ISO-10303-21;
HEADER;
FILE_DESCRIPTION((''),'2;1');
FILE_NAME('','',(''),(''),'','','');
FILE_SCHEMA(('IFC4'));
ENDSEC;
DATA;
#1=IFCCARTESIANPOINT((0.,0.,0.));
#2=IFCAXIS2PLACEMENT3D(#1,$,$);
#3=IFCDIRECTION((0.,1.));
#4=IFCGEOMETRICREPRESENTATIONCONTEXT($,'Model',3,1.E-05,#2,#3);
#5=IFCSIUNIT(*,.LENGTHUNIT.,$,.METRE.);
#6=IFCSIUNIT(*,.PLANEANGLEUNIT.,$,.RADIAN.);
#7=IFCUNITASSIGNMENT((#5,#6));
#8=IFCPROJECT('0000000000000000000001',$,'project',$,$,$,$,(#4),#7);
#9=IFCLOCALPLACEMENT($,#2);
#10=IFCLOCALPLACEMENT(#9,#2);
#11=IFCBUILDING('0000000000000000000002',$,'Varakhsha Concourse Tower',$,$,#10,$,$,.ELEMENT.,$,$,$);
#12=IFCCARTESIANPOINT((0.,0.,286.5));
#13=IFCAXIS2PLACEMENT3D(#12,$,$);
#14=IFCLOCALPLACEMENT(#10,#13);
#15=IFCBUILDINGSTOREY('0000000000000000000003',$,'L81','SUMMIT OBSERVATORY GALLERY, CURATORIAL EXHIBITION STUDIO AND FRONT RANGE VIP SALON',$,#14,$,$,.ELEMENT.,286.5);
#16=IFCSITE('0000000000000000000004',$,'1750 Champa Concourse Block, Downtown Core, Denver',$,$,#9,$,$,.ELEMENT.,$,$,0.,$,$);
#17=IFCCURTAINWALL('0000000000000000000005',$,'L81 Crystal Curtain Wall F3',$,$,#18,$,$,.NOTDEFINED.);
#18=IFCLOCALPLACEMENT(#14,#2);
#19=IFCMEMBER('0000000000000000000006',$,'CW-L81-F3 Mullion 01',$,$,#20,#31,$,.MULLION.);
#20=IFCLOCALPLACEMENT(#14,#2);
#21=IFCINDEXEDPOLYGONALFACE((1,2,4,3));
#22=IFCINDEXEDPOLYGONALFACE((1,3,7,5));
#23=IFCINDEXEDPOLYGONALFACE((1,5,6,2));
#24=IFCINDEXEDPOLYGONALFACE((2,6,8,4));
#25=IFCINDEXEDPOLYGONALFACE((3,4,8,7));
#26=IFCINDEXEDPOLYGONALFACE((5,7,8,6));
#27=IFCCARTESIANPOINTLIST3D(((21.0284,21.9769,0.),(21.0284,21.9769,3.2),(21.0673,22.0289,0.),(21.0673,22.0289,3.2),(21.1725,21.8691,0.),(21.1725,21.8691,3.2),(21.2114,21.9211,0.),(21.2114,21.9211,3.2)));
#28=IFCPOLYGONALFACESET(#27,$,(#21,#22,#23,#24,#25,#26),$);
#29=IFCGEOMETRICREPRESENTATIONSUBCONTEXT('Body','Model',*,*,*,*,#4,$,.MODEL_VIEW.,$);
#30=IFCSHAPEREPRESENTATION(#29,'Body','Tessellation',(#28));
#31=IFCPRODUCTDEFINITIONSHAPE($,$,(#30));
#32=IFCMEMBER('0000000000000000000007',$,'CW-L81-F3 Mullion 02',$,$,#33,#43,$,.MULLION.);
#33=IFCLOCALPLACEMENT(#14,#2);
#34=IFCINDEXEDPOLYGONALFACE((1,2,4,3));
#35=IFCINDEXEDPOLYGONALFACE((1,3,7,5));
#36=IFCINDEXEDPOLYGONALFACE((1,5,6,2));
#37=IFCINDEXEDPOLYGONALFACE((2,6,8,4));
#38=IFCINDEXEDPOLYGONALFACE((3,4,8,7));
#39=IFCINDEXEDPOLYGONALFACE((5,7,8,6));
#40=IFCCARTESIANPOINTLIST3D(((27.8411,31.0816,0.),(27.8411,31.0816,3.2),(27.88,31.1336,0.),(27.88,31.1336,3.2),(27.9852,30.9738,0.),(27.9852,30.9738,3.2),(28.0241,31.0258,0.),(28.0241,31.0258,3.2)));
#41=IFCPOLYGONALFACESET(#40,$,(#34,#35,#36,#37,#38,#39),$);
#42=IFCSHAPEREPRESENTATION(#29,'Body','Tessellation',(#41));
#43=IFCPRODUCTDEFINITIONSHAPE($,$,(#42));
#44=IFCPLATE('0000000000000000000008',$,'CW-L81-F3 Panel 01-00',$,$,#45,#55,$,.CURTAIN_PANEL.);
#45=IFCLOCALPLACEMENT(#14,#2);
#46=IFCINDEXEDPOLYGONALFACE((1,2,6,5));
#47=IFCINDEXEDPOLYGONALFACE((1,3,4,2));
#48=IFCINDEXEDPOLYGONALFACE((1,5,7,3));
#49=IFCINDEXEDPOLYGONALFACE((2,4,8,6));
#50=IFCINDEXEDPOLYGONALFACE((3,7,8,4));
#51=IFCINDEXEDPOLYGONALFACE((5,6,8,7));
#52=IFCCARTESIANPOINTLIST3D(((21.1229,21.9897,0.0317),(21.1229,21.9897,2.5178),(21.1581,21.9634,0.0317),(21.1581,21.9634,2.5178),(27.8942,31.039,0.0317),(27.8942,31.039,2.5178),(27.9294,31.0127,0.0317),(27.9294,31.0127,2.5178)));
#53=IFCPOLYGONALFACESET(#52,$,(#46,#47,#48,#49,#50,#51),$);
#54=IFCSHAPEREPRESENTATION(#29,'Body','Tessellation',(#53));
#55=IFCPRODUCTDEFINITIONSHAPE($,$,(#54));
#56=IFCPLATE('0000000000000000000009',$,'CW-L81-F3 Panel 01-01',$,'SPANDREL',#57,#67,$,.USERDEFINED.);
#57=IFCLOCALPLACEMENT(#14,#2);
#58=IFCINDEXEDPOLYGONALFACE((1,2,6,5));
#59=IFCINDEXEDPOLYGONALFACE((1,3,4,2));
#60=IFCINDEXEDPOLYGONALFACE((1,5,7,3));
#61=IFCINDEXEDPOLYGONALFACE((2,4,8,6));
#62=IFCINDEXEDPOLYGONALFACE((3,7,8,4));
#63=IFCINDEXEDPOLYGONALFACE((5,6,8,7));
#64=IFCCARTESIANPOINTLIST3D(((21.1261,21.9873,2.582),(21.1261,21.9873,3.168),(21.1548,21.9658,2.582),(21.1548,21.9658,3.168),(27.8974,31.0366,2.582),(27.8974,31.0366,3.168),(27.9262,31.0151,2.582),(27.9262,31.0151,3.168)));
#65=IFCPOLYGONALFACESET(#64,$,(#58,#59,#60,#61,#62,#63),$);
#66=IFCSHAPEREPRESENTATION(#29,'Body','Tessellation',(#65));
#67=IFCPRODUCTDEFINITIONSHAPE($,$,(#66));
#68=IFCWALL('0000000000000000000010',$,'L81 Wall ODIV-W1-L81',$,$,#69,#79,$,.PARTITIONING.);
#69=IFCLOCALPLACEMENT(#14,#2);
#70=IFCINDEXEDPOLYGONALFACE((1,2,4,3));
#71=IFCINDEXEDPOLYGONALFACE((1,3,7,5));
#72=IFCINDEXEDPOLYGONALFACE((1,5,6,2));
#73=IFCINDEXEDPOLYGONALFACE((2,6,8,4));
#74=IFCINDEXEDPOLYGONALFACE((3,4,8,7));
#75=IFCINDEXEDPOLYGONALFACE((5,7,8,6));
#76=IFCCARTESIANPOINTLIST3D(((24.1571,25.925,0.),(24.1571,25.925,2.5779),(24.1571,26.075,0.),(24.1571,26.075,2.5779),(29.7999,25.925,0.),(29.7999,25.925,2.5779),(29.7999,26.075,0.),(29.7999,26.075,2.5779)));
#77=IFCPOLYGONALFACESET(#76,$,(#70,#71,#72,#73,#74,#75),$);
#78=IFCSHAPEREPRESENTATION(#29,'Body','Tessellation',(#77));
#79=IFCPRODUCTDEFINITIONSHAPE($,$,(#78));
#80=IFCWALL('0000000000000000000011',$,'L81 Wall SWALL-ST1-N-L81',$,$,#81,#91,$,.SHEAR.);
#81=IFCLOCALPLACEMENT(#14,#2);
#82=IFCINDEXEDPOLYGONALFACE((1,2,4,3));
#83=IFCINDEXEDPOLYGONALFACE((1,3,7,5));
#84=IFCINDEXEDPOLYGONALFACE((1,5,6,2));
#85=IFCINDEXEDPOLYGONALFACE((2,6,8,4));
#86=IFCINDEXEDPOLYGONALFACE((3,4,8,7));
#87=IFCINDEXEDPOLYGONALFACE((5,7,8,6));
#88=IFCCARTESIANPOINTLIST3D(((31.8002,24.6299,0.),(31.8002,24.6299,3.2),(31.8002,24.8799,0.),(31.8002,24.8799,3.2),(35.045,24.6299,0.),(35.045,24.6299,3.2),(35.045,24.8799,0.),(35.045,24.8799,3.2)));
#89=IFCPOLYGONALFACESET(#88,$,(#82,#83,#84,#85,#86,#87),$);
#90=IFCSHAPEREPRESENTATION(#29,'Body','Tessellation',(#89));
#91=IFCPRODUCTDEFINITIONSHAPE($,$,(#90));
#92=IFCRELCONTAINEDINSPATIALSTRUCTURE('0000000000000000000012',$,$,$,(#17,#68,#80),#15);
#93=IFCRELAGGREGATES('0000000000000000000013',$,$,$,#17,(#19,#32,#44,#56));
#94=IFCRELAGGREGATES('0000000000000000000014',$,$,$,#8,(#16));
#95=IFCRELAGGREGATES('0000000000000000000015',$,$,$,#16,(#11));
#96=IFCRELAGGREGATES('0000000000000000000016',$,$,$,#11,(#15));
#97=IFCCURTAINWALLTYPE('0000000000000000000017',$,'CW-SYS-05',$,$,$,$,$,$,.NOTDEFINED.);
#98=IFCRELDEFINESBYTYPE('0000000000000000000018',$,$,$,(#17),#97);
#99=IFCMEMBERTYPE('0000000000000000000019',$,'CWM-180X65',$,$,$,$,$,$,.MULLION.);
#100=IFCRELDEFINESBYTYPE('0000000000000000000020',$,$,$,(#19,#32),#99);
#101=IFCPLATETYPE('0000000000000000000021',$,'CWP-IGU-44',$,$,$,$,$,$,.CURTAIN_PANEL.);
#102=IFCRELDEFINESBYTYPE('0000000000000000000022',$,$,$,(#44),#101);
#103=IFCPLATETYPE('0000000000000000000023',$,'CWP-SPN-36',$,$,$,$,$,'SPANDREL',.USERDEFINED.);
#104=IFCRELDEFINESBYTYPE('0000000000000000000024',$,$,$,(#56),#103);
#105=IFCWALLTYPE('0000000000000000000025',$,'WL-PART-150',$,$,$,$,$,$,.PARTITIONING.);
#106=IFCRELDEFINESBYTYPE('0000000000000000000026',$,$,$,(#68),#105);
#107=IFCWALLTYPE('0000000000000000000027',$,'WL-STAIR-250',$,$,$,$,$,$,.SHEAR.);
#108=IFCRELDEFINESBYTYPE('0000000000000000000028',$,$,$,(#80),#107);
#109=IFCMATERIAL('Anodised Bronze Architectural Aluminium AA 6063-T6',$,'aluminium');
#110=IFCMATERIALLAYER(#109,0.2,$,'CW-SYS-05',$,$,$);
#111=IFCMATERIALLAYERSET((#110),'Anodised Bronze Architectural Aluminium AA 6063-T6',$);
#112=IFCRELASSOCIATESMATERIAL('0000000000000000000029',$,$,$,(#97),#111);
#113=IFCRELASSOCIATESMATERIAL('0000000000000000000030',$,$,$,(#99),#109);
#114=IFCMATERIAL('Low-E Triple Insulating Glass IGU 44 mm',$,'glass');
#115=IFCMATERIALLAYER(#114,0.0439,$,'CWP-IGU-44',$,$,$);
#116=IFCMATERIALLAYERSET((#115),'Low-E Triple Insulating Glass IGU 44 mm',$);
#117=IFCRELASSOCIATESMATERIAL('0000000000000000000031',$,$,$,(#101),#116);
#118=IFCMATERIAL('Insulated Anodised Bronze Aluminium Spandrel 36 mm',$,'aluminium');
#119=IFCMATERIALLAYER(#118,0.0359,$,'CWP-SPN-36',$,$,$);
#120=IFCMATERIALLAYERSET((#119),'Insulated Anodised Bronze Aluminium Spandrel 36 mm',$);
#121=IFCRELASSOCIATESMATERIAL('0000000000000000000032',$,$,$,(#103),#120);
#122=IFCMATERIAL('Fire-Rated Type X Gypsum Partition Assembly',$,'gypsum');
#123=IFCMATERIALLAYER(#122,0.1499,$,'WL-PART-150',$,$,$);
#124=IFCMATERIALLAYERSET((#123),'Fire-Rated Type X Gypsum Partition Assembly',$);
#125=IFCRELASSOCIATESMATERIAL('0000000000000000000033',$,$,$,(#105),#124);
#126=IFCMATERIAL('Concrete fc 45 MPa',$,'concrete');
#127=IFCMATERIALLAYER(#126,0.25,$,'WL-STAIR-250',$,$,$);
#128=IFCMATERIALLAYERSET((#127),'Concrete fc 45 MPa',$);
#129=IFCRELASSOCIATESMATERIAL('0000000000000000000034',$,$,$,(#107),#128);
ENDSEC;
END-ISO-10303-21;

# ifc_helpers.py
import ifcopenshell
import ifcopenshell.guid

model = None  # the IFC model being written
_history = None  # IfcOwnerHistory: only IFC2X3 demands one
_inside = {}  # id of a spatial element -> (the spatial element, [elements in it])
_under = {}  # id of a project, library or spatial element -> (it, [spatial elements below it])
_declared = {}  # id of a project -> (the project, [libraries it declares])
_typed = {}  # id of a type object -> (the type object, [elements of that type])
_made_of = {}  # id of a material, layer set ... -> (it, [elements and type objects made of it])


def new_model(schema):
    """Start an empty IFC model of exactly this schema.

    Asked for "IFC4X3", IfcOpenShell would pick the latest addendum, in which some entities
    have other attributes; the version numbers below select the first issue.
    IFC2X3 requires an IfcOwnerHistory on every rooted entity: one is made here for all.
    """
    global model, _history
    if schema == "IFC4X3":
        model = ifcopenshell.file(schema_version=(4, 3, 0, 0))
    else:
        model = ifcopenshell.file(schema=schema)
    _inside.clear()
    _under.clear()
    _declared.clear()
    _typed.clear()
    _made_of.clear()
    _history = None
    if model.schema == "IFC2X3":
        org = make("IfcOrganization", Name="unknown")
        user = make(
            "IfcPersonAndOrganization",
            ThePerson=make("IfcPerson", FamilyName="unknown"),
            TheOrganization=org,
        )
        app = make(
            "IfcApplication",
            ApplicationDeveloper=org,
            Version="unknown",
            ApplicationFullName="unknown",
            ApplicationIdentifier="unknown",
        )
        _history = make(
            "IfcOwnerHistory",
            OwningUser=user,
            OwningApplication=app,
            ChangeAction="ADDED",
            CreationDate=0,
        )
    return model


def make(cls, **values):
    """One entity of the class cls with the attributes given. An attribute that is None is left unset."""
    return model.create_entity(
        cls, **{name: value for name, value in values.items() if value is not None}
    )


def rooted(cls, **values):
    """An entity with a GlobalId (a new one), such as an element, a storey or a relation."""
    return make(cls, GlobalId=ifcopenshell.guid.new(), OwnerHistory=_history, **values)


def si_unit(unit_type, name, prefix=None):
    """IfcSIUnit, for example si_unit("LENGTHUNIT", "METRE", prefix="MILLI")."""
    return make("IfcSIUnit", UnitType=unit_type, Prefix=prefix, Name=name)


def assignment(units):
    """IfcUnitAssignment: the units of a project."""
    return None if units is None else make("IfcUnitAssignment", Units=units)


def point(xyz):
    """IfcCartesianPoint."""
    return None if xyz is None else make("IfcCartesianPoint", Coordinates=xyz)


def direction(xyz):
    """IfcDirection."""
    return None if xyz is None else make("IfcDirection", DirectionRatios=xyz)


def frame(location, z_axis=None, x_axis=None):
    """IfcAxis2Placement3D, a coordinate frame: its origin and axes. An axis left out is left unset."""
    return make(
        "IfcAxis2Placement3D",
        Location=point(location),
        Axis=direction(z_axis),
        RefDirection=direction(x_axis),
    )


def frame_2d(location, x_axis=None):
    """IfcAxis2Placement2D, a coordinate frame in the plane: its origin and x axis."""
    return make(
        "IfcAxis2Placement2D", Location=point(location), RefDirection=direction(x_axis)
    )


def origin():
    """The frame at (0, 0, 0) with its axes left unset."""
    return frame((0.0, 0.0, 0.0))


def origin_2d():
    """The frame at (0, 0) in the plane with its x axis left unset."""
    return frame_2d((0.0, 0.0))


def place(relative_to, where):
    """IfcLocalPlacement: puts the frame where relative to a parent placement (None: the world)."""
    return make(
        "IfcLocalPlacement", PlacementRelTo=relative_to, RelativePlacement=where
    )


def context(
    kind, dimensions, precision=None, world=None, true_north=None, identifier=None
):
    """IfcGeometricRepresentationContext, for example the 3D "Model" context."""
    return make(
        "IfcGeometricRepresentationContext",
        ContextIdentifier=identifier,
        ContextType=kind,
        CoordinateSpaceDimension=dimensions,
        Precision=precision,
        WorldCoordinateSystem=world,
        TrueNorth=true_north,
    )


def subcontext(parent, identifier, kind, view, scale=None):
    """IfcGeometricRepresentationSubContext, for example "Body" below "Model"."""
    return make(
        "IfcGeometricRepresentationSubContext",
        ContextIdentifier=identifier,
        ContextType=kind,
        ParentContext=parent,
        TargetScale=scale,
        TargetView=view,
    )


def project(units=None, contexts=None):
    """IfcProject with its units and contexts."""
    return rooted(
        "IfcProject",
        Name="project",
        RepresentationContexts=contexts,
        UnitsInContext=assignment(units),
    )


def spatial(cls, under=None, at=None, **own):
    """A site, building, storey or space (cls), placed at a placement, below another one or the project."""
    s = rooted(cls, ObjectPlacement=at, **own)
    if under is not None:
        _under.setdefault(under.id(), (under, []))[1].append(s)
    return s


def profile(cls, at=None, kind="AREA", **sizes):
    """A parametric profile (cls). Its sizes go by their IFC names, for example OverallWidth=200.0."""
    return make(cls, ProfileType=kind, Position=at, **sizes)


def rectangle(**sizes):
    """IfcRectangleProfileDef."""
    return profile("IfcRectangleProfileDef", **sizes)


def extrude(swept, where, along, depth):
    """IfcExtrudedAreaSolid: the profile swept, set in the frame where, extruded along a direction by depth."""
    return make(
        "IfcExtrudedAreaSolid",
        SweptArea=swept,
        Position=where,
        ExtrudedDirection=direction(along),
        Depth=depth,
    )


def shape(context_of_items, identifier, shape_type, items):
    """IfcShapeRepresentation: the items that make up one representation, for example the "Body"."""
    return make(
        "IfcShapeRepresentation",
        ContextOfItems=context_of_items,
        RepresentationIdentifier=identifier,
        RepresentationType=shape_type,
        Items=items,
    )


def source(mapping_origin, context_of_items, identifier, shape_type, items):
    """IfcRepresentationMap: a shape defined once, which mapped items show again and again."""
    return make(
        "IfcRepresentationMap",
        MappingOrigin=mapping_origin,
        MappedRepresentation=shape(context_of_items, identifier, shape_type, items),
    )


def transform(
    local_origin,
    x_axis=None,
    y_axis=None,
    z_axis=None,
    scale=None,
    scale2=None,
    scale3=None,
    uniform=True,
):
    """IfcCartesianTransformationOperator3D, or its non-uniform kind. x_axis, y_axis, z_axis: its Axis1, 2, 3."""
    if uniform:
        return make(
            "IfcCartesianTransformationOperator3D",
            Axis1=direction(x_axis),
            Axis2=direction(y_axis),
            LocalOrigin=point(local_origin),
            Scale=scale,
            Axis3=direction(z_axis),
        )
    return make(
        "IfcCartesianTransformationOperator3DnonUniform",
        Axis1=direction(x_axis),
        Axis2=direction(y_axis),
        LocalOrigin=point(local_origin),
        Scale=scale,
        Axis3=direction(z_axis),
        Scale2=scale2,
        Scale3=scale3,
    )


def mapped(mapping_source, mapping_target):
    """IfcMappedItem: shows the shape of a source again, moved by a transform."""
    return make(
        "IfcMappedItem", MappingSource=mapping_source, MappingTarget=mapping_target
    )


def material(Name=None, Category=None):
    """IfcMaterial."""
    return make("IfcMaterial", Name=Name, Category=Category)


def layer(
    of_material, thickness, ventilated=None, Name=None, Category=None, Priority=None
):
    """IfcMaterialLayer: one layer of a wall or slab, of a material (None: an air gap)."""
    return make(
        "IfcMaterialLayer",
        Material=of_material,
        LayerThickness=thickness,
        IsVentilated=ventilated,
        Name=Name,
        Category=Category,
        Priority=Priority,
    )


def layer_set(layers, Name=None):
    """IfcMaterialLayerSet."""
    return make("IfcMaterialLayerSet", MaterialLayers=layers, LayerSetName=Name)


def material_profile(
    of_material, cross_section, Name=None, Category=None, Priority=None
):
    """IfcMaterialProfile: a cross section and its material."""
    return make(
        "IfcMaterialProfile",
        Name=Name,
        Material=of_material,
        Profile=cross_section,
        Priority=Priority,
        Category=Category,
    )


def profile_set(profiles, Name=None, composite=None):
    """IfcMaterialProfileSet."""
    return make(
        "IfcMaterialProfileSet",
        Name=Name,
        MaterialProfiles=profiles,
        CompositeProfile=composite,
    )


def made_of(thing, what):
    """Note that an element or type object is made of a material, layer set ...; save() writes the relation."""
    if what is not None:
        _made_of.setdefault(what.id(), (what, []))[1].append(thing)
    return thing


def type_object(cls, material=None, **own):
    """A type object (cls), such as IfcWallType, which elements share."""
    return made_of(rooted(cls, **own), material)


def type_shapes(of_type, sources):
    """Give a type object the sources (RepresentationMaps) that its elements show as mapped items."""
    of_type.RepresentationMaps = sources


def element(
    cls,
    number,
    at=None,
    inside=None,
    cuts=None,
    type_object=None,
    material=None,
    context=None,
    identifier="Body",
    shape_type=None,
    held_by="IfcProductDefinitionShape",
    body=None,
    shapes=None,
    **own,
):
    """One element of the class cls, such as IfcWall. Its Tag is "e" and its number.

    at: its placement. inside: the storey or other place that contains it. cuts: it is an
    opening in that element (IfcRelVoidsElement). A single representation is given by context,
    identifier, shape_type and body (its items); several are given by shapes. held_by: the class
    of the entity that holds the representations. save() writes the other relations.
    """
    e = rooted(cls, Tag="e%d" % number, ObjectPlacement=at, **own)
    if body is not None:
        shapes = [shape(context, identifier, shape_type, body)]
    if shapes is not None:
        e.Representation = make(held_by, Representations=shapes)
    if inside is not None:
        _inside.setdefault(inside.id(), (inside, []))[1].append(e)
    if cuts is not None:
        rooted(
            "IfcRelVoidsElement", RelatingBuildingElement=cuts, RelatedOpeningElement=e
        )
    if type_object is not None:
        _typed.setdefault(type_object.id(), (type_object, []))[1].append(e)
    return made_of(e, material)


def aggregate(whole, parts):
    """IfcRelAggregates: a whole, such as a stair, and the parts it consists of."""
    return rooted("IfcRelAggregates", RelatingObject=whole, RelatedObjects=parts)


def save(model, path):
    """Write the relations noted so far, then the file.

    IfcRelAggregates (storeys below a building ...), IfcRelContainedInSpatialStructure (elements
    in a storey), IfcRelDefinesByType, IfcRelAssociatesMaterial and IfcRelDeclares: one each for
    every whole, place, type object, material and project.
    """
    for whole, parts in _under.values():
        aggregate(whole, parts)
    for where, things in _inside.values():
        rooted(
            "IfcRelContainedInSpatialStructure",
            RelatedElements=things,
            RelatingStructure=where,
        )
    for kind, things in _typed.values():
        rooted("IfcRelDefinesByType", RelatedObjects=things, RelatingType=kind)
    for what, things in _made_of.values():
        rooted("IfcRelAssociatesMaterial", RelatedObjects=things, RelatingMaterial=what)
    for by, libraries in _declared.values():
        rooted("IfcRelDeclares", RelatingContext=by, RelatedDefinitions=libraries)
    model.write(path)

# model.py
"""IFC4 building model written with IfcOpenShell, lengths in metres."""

from ifc_helpers import new_model, si_unit, direction, frame, frame_2d, origin, origin_2d, place, context, subcontext, project, spatial, rectangle, extrude, source, transform, mapped, material, layer, layer_set, material_profile, profile_set, type_object, type_shapes, element, aggregate, save


model = new_model("IFC4")

# Units and contexts
model_context = context("Model", 3, precision=1e-05, world=origin(), true_north=direction((0.0, 1.0)))
body_context = subcontext(model_context, "Body", "Model", "MODEL_VIEW")
ifc_project = project(units=[si_unit("LENGTHUNIT", "METRE"), si_unit("PLANEANGLEUNIT", "RADIAN")], contexts=[model_context])

# Site, building, storey
site_placement = place(None, origin())
site = spatial("IfcSite", under=ifc_project, at=site_placement, Name="1750 Champa Concourse Block, Downtown Core, Denver", CompositionType="ELEMENT", RefElevation=0.0)
building_placement = place(site_placement, origin())
building = spatial("IfcBuilding", under=site, at=building_placement, Name="Varakhsha Concourse Tower", CompositionType="ELEMENT")
storey_placement = place(building_placement, frame((0.0, 0.0, 286.5)))
storey = spatial("IfcBuildingStorey", under=building, at=storey_placement, Name="L81", Description="SUMMIT OBSERVATORY GALLERY, CURATORIAL EXHIBITION STUDIO AND FRONT RANGE VIP SALON", CompositionType="ELEMENT", Elevation=286.5)

# Curtain wall, members, plates
ifc_material_1 = material(Name="Anodised Bronze Architectural Aluminium AA 6063-T6", Category="aluminium")
ifc_layer_1 = layer(ifc_material_1, 0.2, Name="CW-SYS-05")
ifc_layer_set_1 = layer_set([ifc_layer_1], Name="Anodised Bronze Architectural Aluminium AA 6063-T6")
curtain_wall_type = type_object("IfcCurtainWallType", Name="CW-SYS-05", PredefinedType="NOTDEFINED", material=ifc_layer_set_1)
curtain_wall_placement = place(storey_placement, origin())
curtain_wall = element("IfcCurtainWall", 1, at=curtain_wall_placement, inside=storey, type_object=curtain_wall_type, Name="L81 Crystal Curtain Wall F3", PredefinedType="NOTDEFINED")
ifc_material_profile_1 = material_profile(ifc_material_1, rectangle(XDim=0.0649, YDim=0.1799, at=origin_2d()), Name="CWM-180X65")
ifc_profile_set_1 = profile_set([ifc_material_profile_1], Name="Anodised Bronze Architectural Aluminium AA 6063-T6")
member_type = type_object("IfcMemberType", Name="CWM-180X65", PredefinedType="MULLION", material=ifc_profile_set_1)
shared_shape_1 = source(origin(), body_context, "Body", "SweptSolid", [
    extrude(rectangle(XDim=0.0649, YDim=0.1799, at=origin_2d()), origin(), (0.0, 0.0, 1.0), 3.2),
])
type_shapes(member_type, [shared_shape_1])
member_1_placement = place(storey_placement, frame((21.1199, 21.949, 0.0), z_axis=(0.0, 0.0, 1.0), x_axis=(0.599113, 0.800664, 0.0)))
member_1 = element("IfcMember", 2, at=member_1_placement, type_object=member_type, Name="CW-L81-F3 Mullion 01", PredefinedType="MULLION", context=body_context, shape_type="MappedRepresentation", body=[
    mapped(shared_shape_1, transform((0.0, 0.0, 0.0), scale=1.0)),
])
member_2_placement = place(storey_placement, frame((27.9326, 31.0537, 0.0), z_axis=(0.0, 0.0, 1.0), x_axis=(0.599113, 0.800664, 0.0)))
member_2 = element("IfcMember", 3, at=member_2_placement, type_object=member_type, Name="CW-L81-F3 Mullion 02", PredefinedType="MULLION", context=body_context, shape_type="MappedRepresentation", body=[
    mapped(shared_shape_1, transform((0.0, 0.0, 0.0), scale=1.0)),
])
ifc_material_2 = material(Name="Low-E Triple Insulating Glass IGU 44 mm", Category="glass")
ifc_layer_2 = layer(ifc_material_2, 0.0439, Name="CWP-IGU-44")
ifc_layer_set_2 = layer_set([ifc_layer_2], Name="Low-E Triple Insulating Glass IGU 44 mm")
plate_type_1 = type_object("IfcPlateType", Name="CWP-IGU-44", PredefinedType="CURTAIN_PANEL", material=ifc_layer_set_2)
shared_shape_2 = source(origin(), body_context, "Body", "SweptSolid", [
    extrude(rectangle(XDim=11.3022, YDim=0.0439, at=origin_2d()), origin(), (0.0, 0.0, 1.0), 2.4861),
])
type_shapes(plate_type_1, [shared_shape_2])
plate_1_placement = place(storey_placement, frame((24.5261, 26.5012, 0.0317), z_axis=(0.0, 0.0, 1.0), x_axis=(0.599113, 0.800664, 0.0)))
plate_1 = element("IfcPlate", 4, at=plate_1_placement, type_object=plate_type_1, Name="CW-L81-F3 Panel 01-00", PredefinedType="CURTAIN_PANEL", context=body_context, shape_type="MappedRepresentation", body=[
    mapped(shared_shape_2, transform((0.0, 0.0, 0.0), scale=1.0)),
])
ifc_material_3 = material(Name="Insulated Anodised Bronze Aluminium Spandrel 36 mm", Category="aluminium")
ifc_layer_3 = layer(ifc_material_3, 0.0359, Name="CWP-SPN-36")
ifc_layer_set_3 = layer_set([ifc_layer_3], Name="Insulated Anodised Bronze Aluminium Spandrel 36 mm")
plate_type_2 = type_object("IfcPlateType", Name="CWP-SPN-36", ElementType="SPANDREL", PredefinedType="USERDEFINED", material=ifc_layer_set_3)
shared_shape_3 = source(origin(), body_context, "Body", "SweptSolid", [
    extrude(rectangle(XDim=11.3022, YDim=0.0359, at=origin_2d()), origin(), (0.0, 0.0, 1.0), 0.5859),
])
type_shapes(plate_type_2, [shared_shape_3])
plate_2_placement = place(storey_placement, frame((24.5261, 26.5012, 2.582), z_axis=(0.0, 0.0, 1.0), x_axis=(0.599113, 0.800664, 0.0)))
plate_2 = element("IfcPlate", 5, at=plate_2_placement, type_object=plate_type_2, Name="CW-L81-F3 Panel 01-01", ObjectType="SPANDREL", PredefinedType="USERDEFINED", context=body_context, shape_type="MappedRepresentation", body=[
    mapped(shared_shape_3, transform((0.0, 0.0, 0.0), scale=1.0)),
])
aggregate(curtain_wall, [member_1, member_2, plate_1, plate_2])

# Wall
ifc_material_4 = material(Name="Fire-Rated Type X Gypsum Partition Assembly", Category="gypsum")
ifc_layer_4 = layer(ifc_material_4, 0.1499, Name="WL-PART-150")
ifc_layer_set_4 = layer_set([ifc_layer_4], Name="Fire-Rated Type X Gypsum Partition Assembly")
wall_type_1 = type_object("IfcWallType", Name="WL-PART-150", PredefinedType="PARTITIONING", material=ifc_layer_set_4)
wall_1_placement = place(storey_placement, frame((24.1572, 26.0, 0.0), z_axis=(0.0, 0.0, 1.0), x_axis=(1.0, 0.0, 0.0)))
element("IfcWall", 6, at=wall_1_placement, inside=storey, type_object=wall_type_1, Name="L81 Wall ODIV-W1-L81", PredefinedType="PARTITIONING", context=body_context, shape_type="SweptSolid", body=[
    extrude(rectangle(XDim=5.6428, YDim=0.1499, at=frame_2d((2.8213, 0.0))), origin(), (0.0, 0.0, 1.0), 2.5779),
])

# Wall
ifc_material_5 = material(Name="Concrete fc 45 MPa", Category="concrete")
ifc_layer_5 = layer(ifc_material_5, 0.25, Name="WL-STAIR-250")
ifc_layer_set_5 = layer_set([ifc_layer_5], Name="Concrete fc 45 MPa")
wall_type_2 = type_object("IfcWallType", Name="WL-STAIR-250", PredefinedType="SHEAR", material=ifc_layer_set_5)
wall_2_placement = place(storey_placement, frame((31.8, 24.7549, 0.0), z_axis=(0.0, 0.0, 1.0), x_axis=(1.0, 0.0, 0.0)))
element("IfcWall", 7, at=wall_2_placement, inside=storey, type_object=wall_type_2, Name="L81 Wall SWALL-ST1-N-L81", PredefinedType="SHEAR", context=body_context, shape_type="SweptSolid", body=[
    extrude(rectangle(XDim=3.2449, YDim=0.25, at=frame_2d((1.6226, 0.0))), origin(), (0.0, 0.0, 1.0), 3.2),
])

save(model, "model.ifc")
